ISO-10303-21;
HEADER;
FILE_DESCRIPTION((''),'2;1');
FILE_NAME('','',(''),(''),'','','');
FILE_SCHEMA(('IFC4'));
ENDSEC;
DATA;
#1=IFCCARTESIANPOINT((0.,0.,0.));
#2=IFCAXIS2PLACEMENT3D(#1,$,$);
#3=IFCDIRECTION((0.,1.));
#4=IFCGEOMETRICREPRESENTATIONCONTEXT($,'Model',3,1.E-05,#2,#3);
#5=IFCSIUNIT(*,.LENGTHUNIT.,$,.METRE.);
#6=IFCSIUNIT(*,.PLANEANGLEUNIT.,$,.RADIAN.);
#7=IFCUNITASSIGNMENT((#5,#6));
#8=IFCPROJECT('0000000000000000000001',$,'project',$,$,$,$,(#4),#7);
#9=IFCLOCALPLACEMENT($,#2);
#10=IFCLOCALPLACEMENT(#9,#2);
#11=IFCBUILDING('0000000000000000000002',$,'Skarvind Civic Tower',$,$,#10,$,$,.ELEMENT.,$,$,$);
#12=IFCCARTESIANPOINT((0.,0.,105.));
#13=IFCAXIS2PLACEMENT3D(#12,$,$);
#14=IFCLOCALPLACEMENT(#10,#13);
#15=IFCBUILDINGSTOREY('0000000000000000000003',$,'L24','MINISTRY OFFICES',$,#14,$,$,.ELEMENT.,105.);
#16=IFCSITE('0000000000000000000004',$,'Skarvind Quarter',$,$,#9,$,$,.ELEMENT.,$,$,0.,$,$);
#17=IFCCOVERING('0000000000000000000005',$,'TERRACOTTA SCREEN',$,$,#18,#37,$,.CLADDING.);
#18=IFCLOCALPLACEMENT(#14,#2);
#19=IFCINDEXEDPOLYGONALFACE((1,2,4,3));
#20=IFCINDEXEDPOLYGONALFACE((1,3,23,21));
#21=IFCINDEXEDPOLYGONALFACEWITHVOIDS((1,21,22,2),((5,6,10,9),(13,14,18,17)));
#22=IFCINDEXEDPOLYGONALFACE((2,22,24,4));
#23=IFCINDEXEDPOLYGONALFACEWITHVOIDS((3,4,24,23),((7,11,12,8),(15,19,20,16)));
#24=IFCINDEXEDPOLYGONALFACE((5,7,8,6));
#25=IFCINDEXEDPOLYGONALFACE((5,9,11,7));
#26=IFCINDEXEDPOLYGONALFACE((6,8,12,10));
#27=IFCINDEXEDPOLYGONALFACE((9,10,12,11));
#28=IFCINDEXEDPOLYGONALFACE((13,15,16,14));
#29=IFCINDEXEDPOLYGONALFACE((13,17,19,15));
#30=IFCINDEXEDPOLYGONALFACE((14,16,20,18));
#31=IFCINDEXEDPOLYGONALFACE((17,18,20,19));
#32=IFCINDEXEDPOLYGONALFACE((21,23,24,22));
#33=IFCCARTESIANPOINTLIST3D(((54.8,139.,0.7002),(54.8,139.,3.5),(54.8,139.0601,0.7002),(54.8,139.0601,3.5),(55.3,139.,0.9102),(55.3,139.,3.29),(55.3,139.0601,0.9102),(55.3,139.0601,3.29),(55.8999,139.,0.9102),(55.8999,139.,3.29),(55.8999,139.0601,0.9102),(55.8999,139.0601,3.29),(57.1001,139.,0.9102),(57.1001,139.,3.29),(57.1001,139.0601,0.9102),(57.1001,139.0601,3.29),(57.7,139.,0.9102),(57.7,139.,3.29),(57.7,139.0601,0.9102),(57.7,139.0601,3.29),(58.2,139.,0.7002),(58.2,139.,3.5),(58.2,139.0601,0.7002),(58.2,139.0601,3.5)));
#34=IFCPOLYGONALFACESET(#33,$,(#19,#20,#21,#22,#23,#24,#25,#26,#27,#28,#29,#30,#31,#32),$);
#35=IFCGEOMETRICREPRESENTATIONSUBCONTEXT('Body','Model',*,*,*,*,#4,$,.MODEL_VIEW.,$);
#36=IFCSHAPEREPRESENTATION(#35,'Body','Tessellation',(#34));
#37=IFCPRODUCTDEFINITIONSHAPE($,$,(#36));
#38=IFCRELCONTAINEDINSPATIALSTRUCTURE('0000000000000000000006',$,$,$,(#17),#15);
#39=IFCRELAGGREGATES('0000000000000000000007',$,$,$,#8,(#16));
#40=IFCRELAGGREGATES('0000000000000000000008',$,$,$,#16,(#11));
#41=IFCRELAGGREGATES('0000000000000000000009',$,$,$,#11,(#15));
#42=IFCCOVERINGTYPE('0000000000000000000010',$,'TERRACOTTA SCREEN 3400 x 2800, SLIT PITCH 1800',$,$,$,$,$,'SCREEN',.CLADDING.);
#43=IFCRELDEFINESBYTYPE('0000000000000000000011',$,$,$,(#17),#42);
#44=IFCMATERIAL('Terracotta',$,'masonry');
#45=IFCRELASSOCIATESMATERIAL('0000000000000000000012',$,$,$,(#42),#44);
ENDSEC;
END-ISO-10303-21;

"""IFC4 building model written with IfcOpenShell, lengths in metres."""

from ifc_helpers import new_model, si_unit, direction, frame, origin, place, context, subcontext, project, spatial, polyline, outline, extrude, material, material_profile, profile_set, type_object, element, save


model = new_model("IFC4")

# Units and contexts
model_context = context("Model", 3, precision=1e-05, world=origin(), true_north=direction((0.0, 1.0)))
body_context = subcontext(model_context, "Body", "Model", "MODEL_VIEW")
ifc_project = project(units=[si_unit("LENGTHUNIT", "METRE"), si_unit("PLANEANGLEUNIT", "RADIAN")], contexts=[model_context])

# Site, building, storey
site_placement = place(None, origin())
site = spatial("IfcSite", under=ifc_project, at=site_placement, Name="Skarvind Quarter", CompositionType="ELEMENT", RefElevation=0.0)
building_placement = place(site_placement, origin())
building = spatial("IfcBuilding", under=site, at=building_placement, Name="Skarvind Civic Tower", CompositionType="ELEMENT")
storey_placement = place(building_placement, frame((0.0, 0.0, 105.0)))
storey = spatial("IfcBuildingStorey", under=building, at=storey_placement, Name="L24", Description="MINISTRY OFFICES", CompositionType="ELEMENT", Elevation=105.0)

# Covering
ifc_material_1 = material(Name="Terracotta", Category="masonry")
ifc_material_profile_1 = material_profile(ifc_material_1, outline(polyline([(-1.7, -1.3999), (1.7, -1.3999), (1.7, 1.3999), (-1.7, 1.3999), (-1.7, -1.3999)]), holes=[polyline([(-1.2, -1.1899), (-0.6001, -1.1899), (-0.6001, 1.1899), (-1.2, 1.1899), (-1.2, -1.1899)]), polyline([(0.6001, -1.1899), (1.2, -1.1899), (1.2, 1.1899), (0.6001, 1.1899), (0.6001, -1.1899)])]), Name="TERRACOTTA SCREEN 3400 x 2800, SLIT PITCH 1800")
ifc_profile_set_1 = profile_set([ifc_material_profile_1], Name="Terracotta")
covering_type_1 = type_object("IfcCoveringType", Name="TERRACOTTA SCREEN 3400 x 2800, SLIT PITCH 1800", ElementType="SCREEN", PredefinedType="CLADDING", material=ifc_profile_set_1)
covering_placement = place(storey_placement, frame((56.5, 139.0, 2.1001), z_axis=(0.0, 1.0, 0.0), x_axis=(-1.0, 0.0, 0.0)))
element("IfcCovering", 1, at=covering_placement, inside=storey, type_object=covering_type_1, Name="TERRACOTTA SCREEN", PredefinedType="CLADDING", context=body_context, shape_type="SweptSolid", body=[
    extrude(outline(polyline([(-1.7, -1.3999), (1.7, -1.3999), (1.7, 1.3999), (-1.7, 1.3999), (-1.7, -1.3999)]), holes=[polyline([(-1.2, -1.1899), (-0.6001, -1.1899), (-0.6001, 1.1899), (-1.2, 1.1899), (-1.2, -1.1899)]), polyline([(0.6001, -1.1899), (1.2, -1.1899), (1.2, 1.1899), (0.6001, 1.1899), (0.6001, -1.1899)])]), origin(), (0.0, 0.0, 1.0), 0.0601),
])

save(model, "model.ifc")
